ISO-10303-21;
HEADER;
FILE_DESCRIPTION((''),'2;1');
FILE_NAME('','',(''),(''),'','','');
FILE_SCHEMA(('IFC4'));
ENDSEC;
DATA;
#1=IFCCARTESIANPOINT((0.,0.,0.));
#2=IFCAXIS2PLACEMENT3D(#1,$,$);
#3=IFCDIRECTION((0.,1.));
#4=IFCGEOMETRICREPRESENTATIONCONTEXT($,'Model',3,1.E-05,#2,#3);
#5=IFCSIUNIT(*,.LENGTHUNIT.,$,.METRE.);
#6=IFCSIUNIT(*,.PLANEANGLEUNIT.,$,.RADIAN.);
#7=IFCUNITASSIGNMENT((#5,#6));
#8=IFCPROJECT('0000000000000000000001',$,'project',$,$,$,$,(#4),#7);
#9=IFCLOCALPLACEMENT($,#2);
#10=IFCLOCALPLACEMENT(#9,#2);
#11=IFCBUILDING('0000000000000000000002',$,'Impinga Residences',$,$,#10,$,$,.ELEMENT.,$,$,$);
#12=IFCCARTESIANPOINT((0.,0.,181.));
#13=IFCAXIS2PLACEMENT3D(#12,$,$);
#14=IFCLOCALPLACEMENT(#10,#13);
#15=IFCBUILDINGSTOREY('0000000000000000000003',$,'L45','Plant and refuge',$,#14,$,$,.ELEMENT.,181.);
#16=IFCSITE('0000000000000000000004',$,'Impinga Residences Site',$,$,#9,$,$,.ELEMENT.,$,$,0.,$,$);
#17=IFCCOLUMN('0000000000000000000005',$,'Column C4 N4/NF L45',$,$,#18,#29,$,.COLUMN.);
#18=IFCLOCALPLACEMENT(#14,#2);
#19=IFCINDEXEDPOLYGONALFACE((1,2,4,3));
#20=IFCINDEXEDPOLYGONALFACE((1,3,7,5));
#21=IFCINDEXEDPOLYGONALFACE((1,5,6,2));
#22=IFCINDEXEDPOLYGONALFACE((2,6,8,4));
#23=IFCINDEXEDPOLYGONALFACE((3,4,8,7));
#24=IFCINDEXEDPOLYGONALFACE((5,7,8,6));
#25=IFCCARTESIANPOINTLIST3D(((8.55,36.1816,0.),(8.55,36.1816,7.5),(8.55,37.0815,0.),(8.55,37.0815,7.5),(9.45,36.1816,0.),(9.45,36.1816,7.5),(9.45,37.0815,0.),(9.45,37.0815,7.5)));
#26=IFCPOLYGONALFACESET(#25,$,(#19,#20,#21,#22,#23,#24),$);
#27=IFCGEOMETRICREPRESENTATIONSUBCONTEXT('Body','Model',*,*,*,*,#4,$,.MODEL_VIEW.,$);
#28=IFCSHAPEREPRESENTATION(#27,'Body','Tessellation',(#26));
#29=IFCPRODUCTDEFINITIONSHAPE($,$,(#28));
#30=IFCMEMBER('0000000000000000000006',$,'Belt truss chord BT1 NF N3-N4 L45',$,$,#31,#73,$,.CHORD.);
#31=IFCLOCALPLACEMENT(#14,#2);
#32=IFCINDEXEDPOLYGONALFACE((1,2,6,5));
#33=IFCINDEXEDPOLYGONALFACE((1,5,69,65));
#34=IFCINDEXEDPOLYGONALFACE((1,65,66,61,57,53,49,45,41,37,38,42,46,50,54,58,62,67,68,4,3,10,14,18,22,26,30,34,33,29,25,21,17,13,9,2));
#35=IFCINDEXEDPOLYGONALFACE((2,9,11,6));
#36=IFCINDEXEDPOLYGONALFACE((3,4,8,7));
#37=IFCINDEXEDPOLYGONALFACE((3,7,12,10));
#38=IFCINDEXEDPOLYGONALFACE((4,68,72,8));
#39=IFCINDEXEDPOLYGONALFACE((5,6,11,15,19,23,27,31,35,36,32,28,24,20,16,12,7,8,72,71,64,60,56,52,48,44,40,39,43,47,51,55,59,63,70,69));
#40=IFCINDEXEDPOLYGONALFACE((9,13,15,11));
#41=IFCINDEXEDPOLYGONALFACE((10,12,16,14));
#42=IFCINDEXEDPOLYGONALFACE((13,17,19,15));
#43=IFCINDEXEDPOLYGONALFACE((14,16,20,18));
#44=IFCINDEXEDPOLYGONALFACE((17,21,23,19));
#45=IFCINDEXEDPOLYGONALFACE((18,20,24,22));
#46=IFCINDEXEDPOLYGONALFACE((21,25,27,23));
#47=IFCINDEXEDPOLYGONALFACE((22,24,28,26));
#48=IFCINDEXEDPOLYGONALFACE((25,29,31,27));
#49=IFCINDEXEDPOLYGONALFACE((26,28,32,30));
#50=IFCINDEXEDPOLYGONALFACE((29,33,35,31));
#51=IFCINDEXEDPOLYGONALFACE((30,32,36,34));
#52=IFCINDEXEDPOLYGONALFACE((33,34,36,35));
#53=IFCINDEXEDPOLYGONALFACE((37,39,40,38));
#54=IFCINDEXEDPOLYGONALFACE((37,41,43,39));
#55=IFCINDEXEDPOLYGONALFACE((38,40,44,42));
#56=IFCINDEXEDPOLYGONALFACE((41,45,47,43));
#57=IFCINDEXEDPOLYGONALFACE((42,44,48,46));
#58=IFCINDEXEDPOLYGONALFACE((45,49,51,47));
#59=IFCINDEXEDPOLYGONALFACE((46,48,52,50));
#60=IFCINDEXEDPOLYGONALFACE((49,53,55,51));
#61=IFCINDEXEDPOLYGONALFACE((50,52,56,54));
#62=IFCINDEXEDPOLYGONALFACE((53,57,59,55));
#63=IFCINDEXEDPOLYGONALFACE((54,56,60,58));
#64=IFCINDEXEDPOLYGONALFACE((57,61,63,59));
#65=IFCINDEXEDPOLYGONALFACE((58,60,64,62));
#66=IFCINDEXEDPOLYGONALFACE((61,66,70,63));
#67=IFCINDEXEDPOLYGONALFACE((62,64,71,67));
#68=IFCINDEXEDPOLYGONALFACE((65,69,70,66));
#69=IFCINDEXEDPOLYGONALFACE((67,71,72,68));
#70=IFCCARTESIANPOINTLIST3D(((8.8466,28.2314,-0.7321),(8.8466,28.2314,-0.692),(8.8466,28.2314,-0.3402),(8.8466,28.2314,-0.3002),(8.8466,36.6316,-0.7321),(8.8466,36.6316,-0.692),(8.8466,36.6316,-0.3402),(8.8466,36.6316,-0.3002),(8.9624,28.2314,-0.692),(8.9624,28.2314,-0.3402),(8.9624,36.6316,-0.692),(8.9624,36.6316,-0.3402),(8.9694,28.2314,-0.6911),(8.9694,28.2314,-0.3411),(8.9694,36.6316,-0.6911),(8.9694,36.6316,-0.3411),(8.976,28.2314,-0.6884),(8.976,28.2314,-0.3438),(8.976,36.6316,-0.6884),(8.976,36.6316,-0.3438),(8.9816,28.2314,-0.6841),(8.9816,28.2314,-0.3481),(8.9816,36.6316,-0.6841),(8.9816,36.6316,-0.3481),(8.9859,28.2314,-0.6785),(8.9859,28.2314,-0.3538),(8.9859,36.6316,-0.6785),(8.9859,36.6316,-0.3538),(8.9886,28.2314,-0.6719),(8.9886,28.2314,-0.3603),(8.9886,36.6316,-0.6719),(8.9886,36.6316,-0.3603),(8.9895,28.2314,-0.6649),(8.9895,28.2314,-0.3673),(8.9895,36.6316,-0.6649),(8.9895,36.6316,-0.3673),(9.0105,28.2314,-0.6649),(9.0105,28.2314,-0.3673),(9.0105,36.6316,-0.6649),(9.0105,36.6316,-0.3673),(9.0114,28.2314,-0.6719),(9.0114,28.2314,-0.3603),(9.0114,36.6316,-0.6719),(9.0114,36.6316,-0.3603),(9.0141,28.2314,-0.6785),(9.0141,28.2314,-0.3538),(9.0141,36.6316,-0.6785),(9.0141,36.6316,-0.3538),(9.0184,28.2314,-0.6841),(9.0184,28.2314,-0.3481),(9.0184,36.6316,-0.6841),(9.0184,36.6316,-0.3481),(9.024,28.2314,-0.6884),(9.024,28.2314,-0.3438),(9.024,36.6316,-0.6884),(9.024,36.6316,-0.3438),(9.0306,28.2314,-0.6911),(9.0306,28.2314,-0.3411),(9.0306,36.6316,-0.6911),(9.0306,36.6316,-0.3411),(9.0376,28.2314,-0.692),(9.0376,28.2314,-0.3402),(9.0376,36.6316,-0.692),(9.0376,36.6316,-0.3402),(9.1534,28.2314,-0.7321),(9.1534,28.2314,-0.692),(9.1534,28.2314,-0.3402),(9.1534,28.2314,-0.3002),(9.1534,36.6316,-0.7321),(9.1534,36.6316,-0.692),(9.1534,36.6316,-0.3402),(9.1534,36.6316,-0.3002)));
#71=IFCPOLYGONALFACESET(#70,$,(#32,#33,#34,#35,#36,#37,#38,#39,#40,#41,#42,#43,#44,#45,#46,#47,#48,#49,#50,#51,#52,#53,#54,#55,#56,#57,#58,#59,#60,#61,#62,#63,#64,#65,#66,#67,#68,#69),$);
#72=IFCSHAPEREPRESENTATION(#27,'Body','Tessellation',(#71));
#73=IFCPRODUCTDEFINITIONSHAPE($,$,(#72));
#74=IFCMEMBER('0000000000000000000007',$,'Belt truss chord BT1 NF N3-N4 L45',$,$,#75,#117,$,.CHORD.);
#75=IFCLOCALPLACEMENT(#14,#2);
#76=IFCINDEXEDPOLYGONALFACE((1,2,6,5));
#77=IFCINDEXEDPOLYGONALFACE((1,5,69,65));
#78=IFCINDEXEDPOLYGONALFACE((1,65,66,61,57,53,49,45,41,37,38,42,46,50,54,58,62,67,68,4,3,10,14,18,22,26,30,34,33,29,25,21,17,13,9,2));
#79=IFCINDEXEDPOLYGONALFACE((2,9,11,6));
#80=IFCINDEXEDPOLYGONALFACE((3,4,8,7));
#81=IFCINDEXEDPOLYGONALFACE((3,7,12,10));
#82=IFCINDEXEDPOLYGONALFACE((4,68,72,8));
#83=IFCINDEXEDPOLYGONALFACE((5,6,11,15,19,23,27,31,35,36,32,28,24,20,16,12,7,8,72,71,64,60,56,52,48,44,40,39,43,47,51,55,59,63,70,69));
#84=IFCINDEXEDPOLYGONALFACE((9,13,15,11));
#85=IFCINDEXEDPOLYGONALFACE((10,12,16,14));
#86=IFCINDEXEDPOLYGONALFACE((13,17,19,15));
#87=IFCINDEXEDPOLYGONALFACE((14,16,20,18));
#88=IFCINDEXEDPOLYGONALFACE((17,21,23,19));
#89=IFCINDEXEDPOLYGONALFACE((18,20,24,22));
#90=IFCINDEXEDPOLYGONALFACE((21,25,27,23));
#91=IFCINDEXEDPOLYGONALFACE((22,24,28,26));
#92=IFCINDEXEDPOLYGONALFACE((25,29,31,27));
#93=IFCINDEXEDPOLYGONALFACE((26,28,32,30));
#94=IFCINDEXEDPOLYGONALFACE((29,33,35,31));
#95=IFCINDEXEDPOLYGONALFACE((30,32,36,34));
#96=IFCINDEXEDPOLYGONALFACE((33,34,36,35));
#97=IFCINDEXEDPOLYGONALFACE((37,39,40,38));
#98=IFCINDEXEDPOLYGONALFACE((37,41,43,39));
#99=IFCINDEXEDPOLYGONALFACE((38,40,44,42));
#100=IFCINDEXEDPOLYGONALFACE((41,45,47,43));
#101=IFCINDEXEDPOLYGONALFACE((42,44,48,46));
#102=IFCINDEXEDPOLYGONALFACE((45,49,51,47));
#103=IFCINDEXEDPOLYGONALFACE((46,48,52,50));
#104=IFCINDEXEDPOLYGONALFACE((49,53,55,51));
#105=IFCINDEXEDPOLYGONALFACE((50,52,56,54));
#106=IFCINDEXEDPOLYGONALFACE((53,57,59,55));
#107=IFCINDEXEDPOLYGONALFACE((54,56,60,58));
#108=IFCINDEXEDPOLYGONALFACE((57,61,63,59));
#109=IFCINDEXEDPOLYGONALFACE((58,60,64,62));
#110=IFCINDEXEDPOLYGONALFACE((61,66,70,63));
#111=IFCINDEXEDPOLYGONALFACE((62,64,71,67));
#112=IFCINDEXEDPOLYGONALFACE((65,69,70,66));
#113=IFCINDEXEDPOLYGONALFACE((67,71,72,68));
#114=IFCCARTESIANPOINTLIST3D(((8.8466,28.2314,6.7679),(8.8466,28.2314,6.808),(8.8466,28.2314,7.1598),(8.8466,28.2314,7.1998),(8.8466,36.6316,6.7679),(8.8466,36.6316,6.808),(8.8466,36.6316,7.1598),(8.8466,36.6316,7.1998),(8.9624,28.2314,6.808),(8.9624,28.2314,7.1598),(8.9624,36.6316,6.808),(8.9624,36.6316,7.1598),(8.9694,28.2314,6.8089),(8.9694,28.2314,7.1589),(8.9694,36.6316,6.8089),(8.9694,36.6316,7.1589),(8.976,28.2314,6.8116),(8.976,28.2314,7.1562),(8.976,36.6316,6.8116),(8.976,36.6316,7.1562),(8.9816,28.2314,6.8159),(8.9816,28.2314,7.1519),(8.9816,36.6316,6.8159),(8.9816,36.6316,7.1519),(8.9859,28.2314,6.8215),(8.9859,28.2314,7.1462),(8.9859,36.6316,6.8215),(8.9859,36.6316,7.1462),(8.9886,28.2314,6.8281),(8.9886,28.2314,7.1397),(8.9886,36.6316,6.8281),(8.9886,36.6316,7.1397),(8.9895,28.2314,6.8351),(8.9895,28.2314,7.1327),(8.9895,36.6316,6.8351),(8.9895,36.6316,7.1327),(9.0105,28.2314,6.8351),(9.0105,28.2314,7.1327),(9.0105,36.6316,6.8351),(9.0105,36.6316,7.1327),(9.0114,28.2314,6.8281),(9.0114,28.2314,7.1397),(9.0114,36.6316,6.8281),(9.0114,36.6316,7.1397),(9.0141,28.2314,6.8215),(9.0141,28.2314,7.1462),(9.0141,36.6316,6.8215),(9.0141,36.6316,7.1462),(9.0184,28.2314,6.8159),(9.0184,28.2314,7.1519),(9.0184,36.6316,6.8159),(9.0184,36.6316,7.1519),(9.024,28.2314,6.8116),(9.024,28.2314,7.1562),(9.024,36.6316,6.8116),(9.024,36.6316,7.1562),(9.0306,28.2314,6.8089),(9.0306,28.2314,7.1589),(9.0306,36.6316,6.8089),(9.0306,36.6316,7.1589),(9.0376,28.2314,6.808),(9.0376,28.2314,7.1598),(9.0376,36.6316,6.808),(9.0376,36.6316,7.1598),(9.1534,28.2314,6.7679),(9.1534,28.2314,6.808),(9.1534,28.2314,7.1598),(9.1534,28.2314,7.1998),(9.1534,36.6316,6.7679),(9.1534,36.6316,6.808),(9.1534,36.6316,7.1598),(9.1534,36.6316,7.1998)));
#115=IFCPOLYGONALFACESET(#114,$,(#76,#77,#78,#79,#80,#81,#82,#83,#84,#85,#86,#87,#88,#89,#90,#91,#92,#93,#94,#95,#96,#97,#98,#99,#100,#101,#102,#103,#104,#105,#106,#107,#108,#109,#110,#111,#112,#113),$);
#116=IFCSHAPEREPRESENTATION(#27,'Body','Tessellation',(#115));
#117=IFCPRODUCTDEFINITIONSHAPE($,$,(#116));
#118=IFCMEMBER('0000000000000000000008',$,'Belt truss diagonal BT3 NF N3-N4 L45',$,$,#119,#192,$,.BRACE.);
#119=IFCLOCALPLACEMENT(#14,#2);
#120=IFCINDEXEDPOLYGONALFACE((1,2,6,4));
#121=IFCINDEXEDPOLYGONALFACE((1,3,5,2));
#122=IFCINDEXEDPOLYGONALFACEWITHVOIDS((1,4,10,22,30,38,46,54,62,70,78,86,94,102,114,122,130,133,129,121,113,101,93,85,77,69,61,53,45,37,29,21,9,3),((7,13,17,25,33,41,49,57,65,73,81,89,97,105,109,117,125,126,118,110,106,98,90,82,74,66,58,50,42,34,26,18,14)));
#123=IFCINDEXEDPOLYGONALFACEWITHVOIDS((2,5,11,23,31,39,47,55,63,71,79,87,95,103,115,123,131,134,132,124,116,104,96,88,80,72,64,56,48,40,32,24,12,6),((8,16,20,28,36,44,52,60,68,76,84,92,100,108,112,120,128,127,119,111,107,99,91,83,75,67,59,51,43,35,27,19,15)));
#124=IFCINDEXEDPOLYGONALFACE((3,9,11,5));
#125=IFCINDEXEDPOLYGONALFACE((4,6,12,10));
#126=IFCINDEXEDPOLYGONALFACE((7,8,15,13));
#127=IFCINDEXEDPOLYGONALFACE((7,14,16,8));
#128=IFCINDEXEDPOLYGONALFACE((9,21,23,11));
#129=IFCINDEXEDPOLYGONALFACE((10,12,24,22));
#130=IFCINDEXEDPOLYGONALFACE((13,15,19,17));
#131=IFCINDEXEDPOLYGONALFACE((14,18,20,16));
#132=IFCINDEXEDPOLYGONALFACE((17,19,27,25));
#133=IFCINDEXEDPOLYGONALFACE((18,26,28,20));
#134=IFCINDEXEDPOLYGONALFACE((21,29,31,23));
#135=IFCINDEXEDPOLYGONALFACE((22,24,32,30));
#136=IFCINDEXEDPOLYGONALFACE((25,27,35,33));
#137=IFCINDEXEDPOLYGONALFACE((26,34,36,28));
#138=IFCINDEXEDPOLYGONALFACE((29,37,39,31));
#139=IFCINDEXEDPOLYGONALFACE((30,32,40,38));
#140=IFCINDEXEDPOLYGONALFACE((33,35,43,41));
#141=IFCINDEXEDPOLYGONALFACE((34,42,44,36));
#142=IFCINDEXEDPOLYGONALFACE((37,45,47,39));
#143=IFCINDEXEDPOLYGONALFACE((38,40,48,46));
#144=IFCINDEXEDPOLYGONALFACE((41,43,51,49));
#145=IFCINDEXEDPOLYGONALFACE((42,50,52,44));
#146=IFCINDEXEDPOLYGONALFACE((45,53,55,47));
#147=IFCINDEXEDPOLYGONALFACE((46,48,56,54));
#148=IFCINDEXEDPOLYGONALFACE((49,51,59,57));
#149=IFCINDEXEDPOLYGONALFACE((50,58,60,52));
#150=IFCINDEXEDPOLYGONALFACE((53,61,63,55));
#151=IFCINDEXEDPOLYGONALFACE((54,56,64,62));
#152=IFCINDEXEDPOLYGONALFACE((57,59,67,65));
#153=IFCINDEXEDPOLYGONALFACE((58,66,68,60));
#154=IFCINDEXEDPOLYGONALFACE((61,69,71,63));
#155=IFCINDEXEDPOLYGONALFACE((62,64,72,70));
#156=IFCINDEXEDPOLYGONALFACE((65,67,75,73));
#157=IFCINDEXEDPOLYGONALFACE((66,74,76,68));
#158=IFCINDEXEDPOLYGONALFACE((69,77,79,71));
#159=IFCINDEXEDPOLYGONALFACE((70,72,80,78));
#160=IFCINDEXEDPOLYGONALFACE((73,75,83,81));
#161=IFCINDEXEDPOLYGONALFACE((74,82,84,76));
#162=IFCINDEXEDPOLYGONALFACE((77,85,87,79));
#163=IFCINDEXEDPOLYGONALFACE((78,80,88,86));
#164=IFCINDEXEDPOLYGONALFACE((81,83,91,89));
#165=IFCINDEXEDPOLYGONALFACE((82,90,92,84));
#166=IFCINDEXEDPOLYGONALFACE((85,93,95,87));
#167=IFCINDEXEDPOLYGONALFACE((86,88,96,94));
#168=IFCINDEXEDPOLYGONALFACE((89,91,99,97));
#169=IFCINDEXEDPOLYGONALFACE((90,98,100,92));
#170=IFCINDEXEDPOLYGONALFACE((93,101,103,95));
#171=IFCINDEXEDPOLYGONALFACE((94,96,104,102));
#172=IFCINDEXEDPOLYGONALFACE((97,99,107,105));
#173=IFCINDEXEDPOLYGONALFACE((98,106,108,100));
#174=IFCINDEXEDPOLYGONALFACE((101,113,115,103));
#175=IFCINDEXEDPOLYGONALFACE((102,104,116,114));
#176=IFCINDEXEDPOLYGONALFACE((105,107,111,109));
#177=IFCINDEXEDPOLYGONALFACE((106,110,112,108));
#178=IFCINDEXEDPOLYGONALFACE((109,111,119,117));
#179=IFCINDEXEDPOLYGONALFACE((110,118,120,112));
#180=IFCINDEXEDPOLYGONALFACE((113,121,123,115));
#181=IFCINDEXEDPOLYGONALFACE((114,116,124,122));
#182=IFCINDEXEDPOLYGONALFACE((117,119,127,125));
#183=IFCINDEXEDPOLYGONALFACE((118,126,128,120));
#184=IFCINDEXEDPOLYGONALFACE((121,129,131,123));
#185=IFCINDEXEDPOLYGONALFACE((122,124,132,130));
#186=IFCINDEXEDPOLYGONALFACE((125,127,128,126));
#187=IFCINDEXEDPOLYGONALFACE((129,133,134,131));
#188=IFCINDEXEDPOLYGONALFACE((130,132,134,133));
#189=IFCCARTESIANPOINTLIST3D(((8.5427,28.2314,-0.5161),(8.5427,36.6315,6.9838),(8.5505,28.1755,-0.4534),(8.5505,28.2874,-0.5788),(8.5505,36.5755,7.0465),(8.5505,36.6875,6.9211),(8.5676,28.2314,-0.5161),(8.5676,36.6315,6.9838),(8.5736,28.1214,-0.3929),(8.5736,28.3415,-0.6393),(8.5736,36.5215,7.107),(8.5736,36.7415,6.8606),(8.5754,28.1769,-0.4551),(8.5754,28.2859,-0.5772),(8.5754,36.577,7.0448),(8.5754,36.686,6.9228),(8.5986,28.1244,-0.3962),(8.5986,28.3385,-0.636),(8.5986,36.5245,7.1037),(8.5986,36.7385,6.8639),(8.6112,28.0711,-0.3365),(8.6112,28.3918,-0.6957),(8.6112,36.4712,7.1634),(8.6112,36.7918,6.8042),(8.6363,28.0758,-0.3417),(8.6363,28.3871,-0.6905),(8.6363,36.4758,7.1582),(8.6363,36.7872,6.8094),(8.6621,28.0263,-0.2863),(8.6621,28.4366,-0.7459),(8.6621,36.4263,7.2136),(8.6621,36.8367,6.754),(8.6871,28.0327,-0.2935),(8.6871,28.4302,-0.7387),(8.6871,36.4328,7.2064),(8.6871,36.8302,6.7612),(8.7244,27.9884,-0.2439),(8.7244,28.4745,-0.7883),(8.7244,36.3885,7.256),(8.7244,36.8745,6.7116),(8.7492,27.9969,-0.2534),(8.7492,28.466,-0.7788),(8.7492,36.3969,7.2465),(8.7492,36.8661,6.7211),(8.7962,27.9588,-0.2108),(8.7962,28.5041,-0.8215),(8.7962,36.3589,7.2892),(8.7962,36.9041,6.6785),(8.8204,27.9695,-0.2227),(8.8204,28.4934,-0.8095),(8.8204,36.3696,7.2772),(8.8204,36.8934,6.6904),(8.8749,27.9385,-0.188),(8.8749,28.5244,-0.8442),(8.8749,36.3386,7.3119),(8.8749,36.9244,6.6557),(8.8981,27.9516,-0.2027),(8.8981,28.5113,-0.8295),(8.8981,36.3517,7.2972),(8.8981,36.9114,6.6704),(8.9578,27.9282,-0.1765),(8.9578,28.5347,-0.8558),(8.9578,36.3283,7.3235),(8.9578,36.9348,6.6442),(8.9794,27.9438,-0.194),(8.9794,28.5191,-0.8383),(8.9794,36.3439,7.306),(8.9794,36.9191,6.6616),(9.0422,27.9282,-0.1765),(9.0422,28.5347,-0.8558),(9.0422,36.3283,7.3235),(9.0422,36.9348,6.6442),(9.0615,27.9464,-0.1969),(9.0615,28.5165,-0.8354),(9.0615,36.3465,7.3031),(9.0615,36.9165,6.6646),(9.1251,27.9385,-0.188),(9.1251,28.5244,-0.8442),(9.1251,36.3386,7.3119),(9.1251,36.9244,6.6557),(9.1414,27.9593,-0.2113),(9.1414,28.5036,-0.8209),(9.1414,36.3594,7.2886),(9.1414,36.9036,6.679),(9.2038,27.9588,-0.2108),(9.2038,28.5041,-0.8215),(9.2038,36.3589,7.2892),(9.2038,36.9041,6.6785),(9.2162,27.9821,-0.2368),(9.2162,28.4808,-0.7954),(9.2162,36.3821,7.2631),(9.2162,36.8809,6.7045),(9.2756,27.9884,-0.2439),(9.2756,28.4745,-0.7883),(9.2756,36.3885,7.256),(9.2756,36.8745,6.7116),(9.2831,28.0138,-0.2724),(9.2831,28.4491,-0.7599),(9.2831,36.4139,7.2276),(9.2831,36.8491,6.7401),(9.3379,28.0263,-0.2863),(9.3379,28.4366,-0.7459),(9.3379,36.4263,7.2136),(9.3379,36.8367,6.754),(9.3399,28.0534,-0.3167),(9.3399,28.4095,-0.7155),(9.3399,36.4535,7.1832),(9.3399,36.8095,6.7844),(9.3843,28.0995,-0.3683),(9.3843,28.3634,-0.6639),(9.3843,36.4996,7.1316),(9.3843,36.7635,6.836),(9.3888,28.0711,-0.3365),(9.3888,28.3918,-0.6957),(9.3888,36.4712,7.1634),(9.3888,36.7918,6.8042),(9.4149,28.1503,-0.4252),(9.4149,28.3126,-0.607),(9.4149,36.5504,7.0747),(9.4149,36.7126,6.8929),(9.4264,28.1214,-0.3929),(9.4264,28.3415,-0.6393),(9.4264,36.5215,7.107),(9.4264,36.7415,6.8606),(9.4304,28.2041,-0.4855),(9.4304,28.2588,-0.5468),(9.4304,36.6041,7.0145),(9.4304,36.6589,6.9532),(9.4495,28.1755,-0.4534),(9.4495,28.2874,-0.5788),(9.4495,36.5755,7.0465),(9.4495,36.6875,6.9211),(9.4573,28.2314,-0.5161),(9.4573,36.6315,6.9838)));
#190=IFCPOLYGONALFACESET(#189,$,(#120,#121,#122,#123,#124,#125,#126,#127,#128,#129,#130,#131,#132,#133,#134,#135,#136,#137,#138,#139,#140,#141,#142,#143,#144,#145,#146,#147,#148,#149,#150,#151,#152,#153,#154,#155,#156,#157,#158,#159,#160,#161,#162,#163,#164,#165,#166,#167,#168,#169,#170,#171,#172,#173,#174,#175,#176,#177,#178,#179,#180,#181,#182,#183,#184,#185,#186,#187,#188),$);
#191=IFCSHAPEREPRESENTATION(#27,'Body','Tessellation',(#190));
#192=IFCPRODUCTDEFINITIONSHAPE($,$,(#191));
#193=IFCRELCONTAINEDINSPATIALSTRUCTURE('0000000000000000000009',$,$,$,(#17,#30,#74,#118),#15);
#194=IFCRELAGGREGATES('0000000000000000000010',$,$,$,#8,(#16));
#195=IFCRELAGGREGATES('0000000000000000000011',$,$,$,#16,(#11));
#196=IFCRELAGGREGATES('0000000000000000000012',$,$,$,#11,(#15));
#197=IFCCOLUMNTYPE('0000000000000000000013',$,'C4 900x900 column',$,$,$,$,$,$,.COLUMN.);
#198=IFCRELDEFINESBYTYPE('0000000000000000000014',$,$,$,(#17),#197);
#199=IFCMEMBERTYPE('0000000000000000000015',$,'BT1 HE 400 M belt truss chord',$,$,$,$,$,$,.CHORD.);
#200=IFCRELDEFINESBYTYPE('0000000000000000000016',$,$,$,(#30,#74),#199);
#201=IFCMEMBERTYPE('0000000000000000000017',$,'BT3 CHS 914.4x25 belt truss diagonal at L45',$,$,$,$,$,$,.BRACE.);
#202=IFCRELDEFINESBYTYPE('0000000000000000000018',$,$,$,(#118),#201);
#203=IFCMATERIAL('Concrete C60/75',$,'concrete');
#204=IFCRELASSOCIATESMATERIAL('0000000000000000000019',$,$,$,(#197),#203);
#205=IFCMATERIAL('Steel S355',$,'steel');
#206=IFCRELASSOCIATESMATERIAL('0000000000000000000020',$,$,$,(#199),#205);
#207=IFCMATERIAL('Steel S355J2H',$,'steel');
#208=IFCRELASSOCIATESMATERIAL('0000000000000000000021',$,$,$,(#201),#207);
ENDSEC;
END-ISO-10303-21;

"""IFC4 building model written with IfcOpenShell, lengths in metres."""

from ifc_helpers import new_model, si_unit, direction, frame, origin, origin_2d, place, context, subcontext, project, spatial, rectangle, hollow_circle, i_section, extrude, material, material_profile, profile_set, type_object, element, save


model = new_model("IFC4")

# Units and contexts
model_context = context("Model", 3, precision=1e-05, world=origin(), true_north=direction((0.0, 1.0)))
body_context = subcontext(model_context, "Body", "Model", "MODEL_VIEW")
ifc_project = project(units=[si_unit("LENGTHUNIT", "METRE"), si_unit("PLANEANGLEUNIT", "RADIAN")], contexts=[model_context])

# Site, building, storey
site_placement = place(None, origin())
site = spatial("IfcSite", under=ifc_project, at=site_placement, Name="Impinga Residences Site", CompositionType="ELEMENT", RefElevation=0.0)
building_placement = place(site_placement, origin())
building = spatial("IfcBuilding", under=site, at=building_placement, Name="Impinga Residences", CompositionType="ELEMENT")
storey_placement = place(building_placement, frame((0.0, 0.0, 181.0)))
storey = spatial("IfcBuildingStorey", under=building, at=storey_placement, Name="L45", Description="Plant and refuge", CompositionType="ELEMENT", Elevation=181.0)

# Column
ifc_material_1 = material(Name="Concrete C60/75", Category="concrete")
ifc_material_profile_1 = material_profile(ifc_material_1, rectangle(XDim=0.8999, YDim=0.8999, at=origin_2d()), Name="RC 900x900")
ifc_profile_set_1 = profile_set([ifc_material_profile_1], Name="Concrete C60/75")
column_type = type_object("IfcColumnType", Name="C4 900x900 column", PredefinedType="COLUMN", material=ifc_profile_set_1)
column_placement = place(storey_placement, frame((9.0, 36.6316, 0.0), z_axis=(0.0, 0.0, 1.0), x_axis=(1.0, 0.0, 0.0)))
element("IfcColumn", 1, at=column_placement, inside=storey, type_object=column_type, Name="Column C4 N4/NF L45", PredefinedType="COLUMN", context=body_context, shape_type="SweptSolid", body=[
    extrude(rectangle(XDim=0.8999, YDim=0.8999, at=origin_2d()), origin(), (0.0, 0.0, 1.0), 7.5),
])

# Members
ifc_material_2 = material(Name="Steel S355", Category="steel")
ifc_material_profile_2 = material_profile(ifc_material_2, i_section(OverallWidth=0.3069, OverallDepth=0.4319, WebThickness=0.021, FlangeThickness=0.04, FilletRadius=0.0271, at=origin_2d()), Name="HE 400 M")
ifc_profile_set_2 = profile_set([ifc_material_profile_2], Name="Steel S355")
member_type_1 = type_object("IfcMemberType", Name="BT1 HE 400 M belt truss chord", PredefinedType="CHORD", material=ifc_profile_set_2)
for number, where, z_axis, x_axis, name in (
    (2, (9.0, 28.2314, -0.5161), (0.0, 1.0, 0.0), (-1.0, 0.0, 0.0), "Belt truss chord BT1 NF N3-N4 L45"),
    (3, (9.0, 28.2314, 6.9839), (0.0, 1.0, 0.0), (-1.0, 0.0, 0.0), "Belt truss chord BT1 NF N3-N4 L45"),
):
    element("IfcMember", number, at=place(storey_placement, frame(where, z_axis=z_axis, x_axis=x_axis)), inside=storey, type_object=member_type_1, Name=name, PredefinedType="CHORD", context=body_context, shape_type="SweptSolid", body=[
        extrude(i_section(OverallWidth=0.3069, OverallDepth=0.4319, WebThickness=0.021, FlangeThickness=0.04, FilletRadius=0.0271, at=origin_2d()), origin(), (0.0, 0.0, 1.0), 8.4001),
    ])
ifc_material_3 = material(Name="Steel S355J2H", Category="steel")
ifc_material_profile_3 = material_profile(ifc_material_3, hollow_circle(Radius=0.4573, WallThickness=0.0249, at=origin_2d()), Name="CHS 914.4x25")
ifc_profile_set_3 = profile_set([ifc_material_profile_3], Name="Steel S355J2H")
member_type_2 = type_object("IfcMemberType", Name="BT3 CHS 914.4x25 belt truss diagonal at L45", PredefinedType="BRACE", material=ifc_profile_set_3)
member_1_placement = place(storey_placement, frame((9.0, 28.2314, -0.5161), z_axis=(0.0, 0.745943, 0.666009), x_axis=(-1.0, 0.0, 0.0)))
element("IfcMember", 4, at=member_1_placement, inside=storey, type_object=member_type_2, Name="Belt truss diagonal BT3 NF N3-N4 L45", PredefinedType="BRACE", context=body_context, shape_type="SweptSolid", body=[
    extrude(hollow_circle(Radius=0.4573, WallThickness=0.0249, at=origin_2d()), origin(), (0.0, 0.0, 1.0), 11.261),
])

save(model, "model.ifc")
